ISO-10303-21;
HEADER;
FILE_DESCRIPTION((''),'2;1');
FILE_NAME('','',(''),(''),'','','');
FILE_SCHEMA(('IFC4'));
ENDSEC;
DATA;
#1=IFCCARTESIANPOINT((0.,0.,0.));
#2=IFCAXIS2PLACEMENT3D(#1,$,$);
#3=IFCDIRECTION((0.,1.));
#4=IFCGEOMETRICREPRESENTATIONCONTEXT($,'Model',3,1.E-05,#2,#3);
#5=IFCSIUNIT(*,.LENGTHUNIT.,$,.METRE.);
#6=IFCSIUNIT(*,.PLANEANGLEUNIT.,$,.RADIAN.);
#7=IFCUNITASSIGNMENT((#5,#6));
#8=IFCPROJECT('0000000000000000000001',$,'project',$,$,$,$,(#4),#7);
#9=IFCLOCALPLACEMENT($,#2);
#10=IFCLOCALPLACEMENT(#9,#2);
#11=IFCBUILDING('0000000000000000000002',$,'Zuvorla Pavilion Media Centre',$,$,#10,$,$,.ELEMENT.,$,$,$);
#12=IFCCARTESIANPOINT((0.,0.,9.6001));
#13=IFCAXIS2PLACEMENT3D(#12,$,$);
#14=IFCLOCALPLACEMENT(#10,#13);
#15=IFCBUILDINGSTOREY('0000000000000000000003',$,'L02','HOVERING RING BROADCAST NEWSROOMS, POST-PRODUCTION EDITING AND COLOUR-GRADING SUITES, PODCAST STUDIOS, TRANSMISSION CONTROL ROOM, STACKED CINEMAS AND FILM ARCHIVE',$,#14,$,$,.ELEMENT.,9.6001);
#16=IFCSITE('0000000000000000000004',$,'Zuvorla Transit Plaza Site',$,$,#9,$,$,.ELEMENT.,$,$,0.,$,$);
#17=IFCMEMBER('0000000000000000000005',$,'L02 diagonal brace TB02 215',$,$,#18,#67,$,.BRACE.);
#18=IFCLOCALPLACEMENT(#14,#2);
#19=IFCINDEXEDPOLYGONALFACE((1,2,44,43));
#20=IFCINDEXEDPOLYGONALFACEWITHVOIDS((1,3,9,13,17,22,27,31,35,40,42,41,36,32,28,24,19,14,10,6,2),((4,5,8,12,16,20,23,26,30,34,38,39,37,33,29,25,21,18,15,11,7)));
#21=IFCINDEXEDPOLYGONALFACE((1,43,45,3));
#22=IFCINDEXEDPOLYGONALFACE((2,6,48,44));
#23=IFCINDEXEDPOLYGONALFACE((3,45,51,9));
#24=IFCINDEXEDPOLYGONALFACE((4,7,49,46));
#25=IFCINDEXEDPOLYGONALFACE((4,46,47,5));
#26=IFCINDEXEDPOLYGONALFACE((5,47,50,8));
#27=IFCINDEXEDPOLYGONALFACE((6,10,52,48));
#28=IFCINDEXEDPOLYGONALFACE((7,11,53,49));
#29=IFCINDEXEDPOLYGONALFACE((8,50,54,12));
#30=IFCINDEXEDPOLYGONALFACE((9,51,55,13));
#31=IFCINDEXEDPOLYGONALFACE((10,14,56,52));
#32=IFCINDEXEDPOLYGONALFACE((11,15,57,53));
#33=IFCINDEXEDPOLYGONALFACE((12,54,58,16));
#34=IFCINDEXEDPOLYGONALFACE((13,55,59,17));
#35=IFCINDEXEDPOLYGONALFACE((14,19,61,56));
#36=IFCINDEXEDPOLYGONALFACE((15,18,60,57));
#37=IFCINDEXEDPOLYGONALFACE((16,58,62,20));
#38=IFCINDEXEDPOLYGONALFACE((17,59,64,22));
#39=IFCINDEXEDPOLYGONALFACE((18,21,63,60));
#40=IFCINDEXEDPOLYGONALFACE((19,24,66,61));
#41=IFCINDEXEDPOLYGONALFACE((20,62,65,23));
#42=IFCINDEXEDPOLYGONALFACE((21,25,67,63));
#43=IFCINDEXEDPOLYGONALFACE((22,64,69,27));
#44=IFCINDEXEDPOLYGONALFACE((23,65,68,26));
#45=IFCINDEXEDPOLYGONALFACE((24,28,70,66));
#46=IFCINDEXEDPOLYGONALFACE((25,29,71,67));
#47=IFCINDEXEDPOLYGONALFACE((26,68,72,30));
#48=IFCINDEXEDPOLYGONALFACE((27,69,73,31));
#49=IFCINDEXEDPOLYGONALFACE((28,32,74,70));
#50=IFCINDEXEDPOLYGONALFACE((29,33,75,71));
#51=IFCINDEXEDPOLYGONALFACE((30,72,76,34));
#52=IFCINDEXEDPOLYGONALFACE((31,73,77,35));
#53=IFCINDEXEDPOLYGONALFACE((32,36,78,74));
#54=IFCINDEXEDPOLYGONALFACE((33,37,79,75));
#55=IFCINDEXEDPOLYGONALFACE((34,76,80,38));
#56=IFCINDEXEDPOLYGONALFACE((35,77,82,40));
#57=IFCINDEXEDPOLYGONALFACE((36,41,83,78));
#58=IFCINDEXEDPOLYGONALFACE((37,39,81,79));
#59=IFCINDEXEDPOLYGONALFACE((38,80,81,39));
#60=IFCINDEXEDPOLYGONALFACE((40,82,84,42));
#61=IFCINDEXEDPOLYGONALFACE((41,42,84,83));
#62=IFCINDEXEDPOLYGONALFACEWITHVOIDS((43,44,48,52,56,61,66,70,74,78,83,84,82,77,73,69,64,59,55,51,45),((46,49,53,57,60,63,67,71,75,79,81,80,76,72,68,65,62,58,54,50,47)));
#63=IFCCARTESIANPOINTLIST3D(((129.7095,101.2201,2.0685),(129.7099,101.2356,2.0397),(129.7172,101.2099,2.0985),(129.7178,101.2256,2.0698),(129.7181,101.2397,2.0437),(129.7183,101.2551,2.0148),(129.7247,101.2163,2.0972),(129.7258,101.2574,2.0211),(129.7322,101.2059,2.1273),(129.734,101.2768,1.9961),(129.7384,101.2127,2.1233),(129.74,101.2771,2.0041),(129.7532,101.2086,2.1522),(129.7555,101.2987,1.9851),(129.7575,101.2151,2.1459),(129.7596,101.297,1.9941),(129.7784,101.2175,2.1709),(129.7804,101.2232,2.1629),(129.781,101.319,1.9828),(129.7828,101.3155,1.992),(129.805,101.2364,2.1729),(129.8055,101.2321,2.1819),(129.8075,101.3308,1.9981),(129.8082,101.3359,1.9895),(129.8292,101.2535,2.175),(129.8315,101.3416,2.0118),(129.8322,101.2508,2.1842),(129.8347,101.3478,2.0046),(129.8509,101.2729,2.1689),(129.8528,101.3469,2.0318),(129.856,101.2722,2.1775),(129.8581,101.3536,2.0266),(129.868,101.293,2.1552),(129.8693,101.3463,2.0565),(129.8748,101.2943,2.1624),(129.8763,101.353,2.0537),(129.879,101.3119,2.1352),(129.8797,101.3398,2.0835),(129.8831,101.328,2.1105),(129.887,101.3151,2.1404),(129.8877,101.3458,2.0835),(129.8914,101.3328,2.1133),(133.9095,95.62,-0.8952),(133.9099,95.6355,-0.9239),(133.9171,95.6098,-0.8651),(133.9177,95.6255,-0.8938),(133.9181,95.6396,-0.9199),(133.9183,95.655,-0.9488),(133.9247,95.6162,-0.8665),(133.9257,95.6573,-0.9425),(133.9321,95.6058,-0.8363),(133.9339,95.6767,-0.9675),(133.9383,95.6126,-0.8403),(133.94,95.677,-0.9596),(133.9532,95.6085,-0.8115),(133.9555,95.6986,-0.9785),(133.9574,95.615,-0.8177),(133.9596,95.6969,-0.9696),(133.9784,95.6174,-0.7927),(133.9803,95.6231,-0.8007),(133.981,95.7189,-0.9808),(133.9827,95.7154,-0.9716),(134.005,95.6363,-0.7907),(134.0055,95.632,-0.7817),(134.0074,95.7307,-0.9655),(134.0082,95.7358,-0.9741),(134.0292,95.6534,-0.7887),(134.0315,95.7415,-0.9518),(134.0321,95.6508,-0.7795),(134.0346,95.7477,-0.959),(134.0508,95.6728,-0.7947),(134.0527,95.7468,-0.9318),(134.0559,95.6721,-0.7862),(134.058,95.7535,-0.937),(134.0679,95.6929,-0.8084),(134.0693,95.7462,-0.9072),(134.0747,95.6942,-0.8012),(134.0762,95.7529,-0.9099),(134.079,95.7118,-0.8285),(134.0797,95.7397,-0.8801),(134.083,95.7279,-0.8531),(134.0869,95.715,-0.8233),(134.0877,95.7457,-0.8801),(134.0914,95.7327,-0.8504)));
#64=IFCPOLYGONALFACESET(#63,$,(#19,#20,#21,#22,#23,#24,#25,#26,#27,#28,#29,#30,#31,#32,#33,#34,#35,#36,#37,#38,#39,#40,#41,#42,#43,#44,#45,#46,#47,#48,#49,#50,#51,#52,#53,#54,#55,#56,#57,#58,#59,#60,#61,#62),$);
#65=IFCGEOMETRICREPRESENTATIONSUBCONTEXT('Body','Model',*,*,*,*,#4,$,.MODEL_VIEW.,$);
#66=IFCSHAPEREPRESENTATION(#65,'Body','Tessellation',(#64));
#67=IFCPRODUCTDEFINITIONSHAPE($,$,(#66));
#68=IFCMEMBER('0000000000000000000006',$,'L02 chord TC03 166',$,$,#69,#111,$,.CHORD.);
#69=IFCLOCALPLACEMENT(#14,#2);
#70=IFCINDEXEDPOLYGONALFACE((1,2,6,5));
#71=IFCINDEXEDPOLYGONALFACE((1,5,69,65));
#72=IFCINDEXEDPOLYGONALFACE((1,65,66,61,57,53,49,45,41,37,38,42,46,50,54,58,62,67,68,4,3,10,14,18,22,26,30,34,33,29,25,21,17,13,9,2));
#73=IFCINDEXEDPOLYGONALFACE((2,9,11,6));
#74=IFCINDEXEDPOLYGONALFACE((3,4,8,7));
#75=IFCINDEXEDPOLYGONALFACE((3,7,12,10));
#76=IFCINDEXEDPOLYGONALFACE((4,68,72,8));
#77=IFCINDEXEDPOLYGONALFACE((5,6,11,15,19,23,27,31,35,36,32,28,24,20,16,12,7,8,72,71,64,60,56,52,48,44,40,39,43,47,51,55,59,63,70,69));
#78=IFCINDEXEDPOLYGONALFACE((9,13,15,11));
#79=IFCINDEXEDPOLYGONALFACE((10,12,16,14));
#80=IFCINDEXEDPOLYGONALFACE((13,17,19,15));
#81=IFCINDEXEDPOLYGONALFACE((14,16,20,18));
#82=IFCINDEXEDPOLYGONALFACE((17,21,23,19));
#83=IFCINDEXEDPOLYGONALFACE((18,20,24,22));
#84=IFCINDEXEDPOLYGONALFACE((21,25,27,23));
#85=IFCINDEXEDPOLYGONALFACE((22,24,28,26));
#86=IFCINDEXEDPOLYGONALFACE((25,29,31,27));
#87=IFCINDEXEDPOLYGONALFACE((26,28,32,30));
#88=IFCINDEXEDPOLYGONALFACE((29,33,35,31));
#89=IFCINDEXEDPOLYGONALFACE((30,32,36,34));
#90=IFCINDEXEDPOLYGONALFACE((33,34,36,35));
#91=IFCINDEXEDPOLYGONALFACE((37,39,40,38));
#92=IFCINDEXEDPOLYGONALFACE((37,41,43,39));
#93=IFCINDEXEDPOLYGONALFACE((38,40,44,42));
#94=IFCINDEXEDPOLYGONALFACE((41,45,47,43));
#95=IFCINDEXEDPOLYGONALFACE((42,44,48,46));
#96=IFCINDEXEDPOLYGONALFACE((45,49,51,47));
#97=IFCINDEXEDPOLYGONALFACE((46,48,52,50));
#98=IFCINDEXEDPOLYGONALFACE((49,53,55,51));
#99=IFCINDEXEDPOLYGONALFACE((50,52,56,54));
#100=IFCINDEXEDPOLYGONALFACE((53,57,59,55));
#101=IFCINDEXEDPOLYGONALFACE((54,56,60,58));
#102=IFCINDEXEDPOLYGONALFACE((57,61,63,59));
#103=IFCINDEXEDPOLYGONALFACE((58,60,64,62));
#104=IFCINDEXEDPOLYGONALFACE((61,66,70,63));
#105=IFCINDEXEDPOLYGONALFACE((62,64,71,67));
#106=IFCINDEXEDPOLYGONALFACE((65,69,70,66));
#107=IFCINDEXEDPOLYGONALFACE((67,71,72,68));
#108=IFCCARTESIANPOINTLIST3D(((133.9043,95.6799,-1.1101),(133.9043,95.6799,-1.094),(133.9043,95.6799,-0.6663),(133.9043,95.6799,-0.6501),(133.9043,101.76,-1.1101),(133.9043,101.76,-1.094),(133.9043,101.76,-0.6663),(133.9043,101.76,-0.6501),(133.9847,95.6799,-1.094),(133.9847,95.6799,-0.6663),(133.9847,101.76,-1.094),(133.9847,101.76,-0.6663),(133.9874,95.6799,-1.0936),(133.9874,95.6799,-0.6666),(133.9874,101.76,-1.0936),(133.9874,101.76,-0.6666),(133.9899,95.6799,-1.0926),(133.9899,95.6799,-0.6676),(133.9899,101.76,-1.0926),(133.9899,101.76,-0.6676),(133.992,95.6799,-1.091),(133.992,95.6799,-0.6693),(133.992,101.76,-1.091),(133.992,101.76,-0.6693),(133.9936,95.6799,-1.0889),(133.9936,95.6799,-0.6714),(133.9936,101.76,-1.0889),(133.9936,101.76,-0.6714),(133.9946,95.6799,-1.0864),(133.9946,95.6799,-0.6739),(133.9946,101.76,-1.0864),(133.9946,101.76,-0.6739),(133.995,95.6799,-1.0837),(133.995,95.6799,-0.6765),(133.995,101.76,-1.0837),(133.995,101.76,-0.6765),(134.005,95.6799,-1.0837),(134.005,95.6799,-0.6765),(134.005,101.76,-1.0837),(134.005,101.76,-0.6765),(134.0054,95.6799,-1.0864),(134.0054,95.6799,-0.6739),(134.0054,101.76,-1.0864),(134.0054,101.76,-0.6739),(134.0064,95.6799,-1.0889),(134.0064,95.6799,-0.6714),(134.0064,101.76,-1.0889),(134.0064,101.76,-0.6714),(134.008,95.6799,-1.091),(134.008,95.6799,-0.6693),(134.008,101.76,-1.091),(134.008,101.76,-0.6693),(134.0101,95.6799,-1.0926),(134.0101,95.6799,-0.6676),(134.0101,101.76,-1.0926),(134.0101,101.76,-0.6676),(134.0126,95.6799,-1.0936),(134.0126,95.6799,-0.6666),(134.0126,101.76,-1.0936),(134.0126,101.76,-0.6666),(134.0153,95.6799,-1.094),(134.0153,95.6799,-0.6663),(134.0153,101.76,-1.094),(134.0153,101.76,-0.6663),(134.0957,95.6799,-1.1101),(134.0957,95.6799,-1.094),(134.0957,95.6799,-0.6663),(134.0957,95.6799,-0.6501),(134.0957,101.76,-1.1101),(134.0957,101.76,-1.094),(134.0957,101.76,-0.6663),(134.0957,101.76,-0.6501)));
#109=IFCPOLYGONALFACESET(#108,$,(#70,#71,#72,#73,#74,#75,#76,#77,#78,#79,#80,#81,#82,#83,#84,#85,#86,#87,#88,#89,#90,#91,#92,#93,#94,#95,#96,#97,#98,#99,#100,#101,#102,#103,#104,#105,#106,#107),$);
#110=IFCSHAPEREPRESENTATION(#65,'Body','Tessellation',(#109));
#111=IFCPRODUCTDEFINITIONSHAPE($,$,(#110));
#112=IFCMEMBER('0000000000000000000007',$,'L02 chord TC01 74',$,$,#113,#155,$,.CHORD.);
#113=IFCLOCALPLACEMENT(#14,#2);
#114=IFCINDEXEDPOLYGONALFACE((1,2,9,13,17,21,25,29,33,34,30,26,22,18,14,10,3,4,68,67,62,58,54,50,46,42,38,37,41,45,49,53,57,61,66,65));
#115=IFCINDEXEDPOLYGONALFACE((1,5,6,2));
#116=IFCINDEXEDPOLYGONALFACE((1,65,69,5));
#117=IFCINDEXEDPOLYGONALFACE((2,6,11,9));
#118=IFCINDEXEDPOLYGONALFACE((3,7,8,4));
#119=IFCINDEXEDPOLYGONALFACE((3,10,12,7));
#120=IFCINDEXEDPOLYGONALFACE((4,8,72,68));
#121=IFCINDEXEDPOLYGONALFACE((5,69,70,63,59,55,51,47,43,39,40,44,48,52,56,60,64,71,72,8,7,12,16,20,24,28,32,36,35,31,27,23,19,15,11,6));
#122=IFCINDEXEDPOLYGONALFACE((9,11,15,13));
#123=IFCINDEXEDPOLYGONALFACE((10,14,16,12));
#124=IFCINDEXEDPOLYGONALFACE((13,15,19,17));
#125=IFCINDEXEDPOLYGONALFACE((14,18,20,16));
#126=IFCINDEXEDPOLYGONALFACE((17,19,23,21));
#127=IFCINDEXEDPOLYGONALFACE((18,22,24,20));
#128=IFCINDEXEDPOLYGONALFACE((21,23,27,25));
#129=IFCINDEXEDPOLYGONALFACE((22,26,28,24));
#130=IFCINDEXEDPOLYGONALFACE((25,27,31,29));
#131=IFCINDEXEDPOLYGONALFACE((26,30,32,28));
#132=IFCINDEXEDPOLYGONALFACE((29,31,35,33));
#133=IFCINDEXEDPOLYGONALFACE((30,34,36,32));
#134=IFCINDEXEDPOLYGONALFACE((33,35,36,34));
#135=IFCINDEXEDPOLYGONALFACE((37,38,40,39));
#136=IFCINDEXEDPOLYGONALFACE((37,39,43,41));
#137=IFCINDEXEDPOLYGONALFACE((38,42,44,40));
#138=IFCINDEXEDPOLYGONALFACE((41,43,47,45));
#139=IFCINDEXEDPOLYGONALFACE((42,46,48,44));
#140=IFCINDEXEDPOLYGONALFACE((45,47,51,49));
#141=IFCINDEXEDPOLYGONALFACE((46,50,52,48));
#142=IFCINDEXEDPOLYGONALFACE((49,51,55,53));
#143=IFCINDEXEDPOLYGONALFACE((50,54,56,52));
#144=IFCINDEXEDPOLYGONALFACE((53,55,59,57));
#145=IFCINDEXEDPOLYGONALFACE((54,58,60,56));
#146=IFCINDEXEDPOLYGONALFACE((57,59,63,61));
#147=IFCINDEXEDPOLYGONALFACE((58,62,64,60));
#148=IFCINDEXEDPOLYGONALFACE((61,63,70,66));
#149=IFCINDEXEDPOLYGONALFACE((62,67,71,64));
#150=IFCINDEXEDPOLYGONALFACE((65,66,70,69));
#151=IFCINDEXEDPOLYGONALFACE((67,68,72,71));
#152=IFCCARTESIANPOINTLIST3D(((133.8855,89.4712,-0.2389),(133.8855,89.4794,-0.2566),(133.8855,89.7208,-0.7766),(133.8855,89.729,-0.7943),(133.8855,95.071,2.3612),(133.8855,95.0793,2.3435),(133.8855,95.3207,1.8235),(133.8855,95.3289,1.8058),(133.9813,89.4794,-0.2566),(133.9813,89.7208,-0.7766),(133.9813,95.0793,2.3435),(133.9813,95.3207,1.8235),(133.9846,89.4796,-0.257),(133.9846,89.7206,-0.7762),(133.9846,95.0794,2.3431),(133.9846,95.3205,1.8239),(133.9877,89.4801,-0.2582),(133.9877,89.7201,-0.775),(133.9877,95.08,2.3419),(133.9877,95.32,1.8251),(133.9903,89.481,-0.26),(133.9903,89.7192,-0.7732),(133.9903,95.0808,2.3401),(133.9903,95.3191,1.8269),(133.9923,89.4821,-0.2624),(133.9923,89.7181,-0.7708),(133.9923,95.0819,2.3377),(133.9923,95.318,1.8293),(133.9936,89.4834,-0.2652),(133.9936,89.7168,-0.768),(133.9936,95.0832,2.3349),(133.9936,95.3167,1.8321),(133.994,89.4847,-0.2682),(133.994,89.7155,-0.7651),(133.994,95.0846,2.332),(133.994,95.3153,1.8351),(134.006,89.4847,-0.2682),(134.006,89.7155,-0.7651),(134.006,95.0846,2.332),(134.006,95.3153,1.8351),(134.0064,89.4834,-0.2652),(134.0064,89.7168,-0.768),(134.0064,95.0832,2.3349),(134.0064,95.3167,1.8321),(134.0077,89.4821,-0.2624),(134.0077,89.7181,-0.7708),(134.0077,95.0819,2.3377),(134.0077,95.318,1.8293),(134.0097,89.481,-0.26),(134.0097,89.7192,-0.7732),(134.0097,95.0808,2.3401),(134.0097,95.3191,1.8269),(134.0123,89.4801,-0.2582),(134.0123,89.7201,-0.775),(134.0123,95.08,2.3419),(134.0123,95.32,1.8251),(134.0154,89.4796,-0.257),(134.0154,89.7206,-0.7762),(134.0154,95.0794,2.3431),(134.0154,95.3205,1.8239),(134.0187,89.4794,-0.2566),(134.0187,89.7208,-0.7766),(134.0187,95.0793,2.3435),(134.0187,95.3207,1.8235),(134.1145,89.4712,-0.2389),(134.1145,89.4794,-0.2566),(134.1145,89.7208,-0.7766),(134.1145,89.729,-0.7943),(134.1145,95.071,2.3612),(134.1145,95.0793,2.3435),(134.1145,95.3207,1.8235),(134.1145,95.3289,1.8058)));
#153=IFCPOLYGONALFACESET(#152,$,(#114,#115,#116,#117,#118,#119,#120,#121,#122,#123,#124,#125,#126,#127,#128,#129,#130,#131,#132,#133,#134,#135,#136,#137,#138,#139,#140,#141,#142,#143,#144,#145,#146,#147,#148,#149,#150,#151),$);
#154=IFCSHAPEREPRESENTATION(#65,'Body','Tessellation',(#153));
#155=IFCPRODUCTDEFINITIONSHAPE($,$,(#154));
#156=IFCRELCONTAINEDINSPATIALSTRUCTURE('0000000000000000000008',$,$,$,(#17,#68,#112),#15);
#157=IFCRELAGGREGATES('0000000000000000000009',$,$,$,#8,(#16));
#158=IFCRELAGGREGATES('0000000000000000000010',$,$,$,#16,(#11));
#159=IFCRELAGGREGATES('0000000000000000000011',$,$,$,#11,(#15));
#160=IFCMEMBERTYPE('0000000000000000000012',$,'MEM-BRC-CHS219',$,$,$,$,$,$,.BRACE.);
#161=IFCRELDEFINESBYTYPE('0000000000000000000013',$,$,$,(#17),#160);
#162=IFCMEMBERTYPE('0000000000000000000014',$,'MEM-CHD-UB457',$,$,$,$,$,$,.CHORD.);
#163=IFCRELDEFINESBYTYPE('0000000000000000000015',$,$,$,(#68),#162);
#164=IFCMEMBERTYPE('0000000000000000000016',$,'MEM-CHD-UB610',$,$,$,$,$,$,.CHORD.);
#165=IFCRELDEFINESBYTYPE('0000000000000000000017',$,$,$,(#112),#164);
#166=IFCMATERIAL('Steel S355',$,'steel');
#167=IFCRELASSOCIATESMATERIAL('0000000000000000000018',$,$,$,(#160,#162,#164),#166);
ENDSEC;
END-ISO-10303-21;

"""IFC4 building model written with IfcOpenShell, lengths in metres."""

from ifc_helpers import new_model, si_unit, direction, frame, origin, origin_2d, place, context, subcontext, project, spatial, hollow_circle, i_section, extrude, material, material_profile, profile_set, type_object, element, save


model = new_model("IFC4")

# Units and contexts
model_context = context("Model", 3, precision=1e-05, world=origin(), true_north=direction((0.0, 1.0)))
body_context = subcontext(model_context, "Body", "Model", "MODEL_VIEW")
ifc_project = project(units=[si_unit("LENGTHUNIT", "METRE"), si_unit("PLANEANGLEUNIT", "RADIAN")], contexts=[model_context])

# Site, building, storey
site_placement = place(None, origin())
site = spatial("IfcSite", under=ifc_project, at=site_placement, Name="Zuvorla Transit Plaza Site", CompositionType="ELEMENT", RefElevation=0.0)
building_placement = place(site_placement, origin())
building = spatial("IfcBuilding", under=site, at=building_placement, Name="Zuvorla Pavilion Media Centre", CompositionType="ELEMENT")
storey_placement = place(building_placement, frame((0.0, 0.0, 9.6001)))
storey = spatial("IfcBuildingStorey", under=building, at=storey_placement, Name="L02", Description="HOVERING RING BROADCAST NEWSROOMS, POST-PRODUCTION EDITING AND COLOUR-GRADING SUITES, PODCAST STUDIOS, TRANSMISSION CONTROL ROOM, STACKED CINEMAS AND FILM ARCHIVE", CompositionType="ELEMENT", Elevation=9.6001)

# Members
ifc_material_1 = material(Name="Steel S355", Category="steel")
ifc_material_profile_1 = material_profile(ifc_material_1, hollow_circle(Radius=0.1096, WallThickness=0.01, at=origin_2d()), Name="CHS 219.1x10")
ifc_profile_set_1 = profile_set([ifc_material_profile_1], Name="Steel S355")
member_type_1 = type_object("IfcMemberType", Name="MEM-BRC-CHS219", PredefinedType="BRACE", material=ifc_profile_set_1)
member_1_placement = place(storey_placement, frame((129.8, 101.28, 2.0835), z_axis=(0.552512, -0.736704, -0.38987), x_axis=(0.800008, 0.599989, 0.0)))
element("IfcMember", 1, at=member_1_placement, inside=storey, type_object=member_type_1, Name="L02 diagonal brace TB02 215", PredefinedType="BRACE", context=body_context, shape_type="SweptSolid", body=[
    extrude(hollow_circle(Radius=0.1096, WallThickness=0.01, at=origin_2d()), origin(), (0.0, 0.0, 1.0), 7.6016),
])
ifc_material_profile_2 = material_profile(ifc_material_1, i_section(OverallWidth=0.1914, OverallDepth=0.46, WebThickness=0.01, FlangeThickness=0.0161, FilletRadius=0.0103, at=origin_2d()), Name="UB 457x191x82")
ifc_profile_set_2 = profile_set([ifc_material_profile_2], Name="Steel S355")
member_type_2 = type_object("IfcMemberType", Name="MEM-CHD-UB457", PredefinedType="CHORD", material=ifc_profile_set_2)
member_2_placement = place(storey_placement, frame((134.0, 95.6799, -0.8801), z_axis=(0.0, 1.0, 0.0), x_axis=(-1.0, 0.0, 0.0)))
element("IfcMember", 2, at=member_2_placement, inside=storey, type_object=member_type_2, Name="L02 chord TC03 166", PredefinedType="CHORD", context=body_context, shape_type="SweptSolid", body=[
    extrude(i_section(OverallWidth=0.1914, OverallDepth=0.46, WebThickness=0.01, FlangeThickness=0.0161, FilletRadius=0.0103, at=origin_2d()), origin(), (0.0, 0.0, 1.0), 6.0801),
])
ifc_material_profile_3 = material_profile(ifc_material_1, i_section(OverallWidth=0.229, OverallDepth=0.6123, WebThickness=0.012, FlangeThickness=0.0195, FilletRadius=0.0127, at=origin_2d()), Name="UB 610x229x125")
ifc_profile_set_3 = profile_set([ifc_material_profile_3], Name="Steel S355")
member_type_3 = type_object("IfcMemberType", Name="MEM-CHD-UB610", PredefinedType="CHORD", material=ifc_profile_set_3)
member_3_placement = place(storey_placement, frame((134.0, 89.6001, -0.5166), z_axis=(0.0, 0.906999, 0.421133), x_axis=(-1.0, 0.0, 0.0)))
element("IfcMember", 3, at=member_3_placement, inside=storey, type_object=member_type_3, Name="L02 chord TC01 74", PredefinedType="CHORD", context=body_context, shape_type="SweptSolid", body=[
    extrude(i_section(OverallWidth=0.229, OverallDepth=0.6123, WebThickness=0.012, FlangeThickness=0.0195, FilletRadius=0.0127, at=origin_2d()), origin(), (0.0, 0.0, 1.0), 6.1741),
])

save(model, "model.ifc")
